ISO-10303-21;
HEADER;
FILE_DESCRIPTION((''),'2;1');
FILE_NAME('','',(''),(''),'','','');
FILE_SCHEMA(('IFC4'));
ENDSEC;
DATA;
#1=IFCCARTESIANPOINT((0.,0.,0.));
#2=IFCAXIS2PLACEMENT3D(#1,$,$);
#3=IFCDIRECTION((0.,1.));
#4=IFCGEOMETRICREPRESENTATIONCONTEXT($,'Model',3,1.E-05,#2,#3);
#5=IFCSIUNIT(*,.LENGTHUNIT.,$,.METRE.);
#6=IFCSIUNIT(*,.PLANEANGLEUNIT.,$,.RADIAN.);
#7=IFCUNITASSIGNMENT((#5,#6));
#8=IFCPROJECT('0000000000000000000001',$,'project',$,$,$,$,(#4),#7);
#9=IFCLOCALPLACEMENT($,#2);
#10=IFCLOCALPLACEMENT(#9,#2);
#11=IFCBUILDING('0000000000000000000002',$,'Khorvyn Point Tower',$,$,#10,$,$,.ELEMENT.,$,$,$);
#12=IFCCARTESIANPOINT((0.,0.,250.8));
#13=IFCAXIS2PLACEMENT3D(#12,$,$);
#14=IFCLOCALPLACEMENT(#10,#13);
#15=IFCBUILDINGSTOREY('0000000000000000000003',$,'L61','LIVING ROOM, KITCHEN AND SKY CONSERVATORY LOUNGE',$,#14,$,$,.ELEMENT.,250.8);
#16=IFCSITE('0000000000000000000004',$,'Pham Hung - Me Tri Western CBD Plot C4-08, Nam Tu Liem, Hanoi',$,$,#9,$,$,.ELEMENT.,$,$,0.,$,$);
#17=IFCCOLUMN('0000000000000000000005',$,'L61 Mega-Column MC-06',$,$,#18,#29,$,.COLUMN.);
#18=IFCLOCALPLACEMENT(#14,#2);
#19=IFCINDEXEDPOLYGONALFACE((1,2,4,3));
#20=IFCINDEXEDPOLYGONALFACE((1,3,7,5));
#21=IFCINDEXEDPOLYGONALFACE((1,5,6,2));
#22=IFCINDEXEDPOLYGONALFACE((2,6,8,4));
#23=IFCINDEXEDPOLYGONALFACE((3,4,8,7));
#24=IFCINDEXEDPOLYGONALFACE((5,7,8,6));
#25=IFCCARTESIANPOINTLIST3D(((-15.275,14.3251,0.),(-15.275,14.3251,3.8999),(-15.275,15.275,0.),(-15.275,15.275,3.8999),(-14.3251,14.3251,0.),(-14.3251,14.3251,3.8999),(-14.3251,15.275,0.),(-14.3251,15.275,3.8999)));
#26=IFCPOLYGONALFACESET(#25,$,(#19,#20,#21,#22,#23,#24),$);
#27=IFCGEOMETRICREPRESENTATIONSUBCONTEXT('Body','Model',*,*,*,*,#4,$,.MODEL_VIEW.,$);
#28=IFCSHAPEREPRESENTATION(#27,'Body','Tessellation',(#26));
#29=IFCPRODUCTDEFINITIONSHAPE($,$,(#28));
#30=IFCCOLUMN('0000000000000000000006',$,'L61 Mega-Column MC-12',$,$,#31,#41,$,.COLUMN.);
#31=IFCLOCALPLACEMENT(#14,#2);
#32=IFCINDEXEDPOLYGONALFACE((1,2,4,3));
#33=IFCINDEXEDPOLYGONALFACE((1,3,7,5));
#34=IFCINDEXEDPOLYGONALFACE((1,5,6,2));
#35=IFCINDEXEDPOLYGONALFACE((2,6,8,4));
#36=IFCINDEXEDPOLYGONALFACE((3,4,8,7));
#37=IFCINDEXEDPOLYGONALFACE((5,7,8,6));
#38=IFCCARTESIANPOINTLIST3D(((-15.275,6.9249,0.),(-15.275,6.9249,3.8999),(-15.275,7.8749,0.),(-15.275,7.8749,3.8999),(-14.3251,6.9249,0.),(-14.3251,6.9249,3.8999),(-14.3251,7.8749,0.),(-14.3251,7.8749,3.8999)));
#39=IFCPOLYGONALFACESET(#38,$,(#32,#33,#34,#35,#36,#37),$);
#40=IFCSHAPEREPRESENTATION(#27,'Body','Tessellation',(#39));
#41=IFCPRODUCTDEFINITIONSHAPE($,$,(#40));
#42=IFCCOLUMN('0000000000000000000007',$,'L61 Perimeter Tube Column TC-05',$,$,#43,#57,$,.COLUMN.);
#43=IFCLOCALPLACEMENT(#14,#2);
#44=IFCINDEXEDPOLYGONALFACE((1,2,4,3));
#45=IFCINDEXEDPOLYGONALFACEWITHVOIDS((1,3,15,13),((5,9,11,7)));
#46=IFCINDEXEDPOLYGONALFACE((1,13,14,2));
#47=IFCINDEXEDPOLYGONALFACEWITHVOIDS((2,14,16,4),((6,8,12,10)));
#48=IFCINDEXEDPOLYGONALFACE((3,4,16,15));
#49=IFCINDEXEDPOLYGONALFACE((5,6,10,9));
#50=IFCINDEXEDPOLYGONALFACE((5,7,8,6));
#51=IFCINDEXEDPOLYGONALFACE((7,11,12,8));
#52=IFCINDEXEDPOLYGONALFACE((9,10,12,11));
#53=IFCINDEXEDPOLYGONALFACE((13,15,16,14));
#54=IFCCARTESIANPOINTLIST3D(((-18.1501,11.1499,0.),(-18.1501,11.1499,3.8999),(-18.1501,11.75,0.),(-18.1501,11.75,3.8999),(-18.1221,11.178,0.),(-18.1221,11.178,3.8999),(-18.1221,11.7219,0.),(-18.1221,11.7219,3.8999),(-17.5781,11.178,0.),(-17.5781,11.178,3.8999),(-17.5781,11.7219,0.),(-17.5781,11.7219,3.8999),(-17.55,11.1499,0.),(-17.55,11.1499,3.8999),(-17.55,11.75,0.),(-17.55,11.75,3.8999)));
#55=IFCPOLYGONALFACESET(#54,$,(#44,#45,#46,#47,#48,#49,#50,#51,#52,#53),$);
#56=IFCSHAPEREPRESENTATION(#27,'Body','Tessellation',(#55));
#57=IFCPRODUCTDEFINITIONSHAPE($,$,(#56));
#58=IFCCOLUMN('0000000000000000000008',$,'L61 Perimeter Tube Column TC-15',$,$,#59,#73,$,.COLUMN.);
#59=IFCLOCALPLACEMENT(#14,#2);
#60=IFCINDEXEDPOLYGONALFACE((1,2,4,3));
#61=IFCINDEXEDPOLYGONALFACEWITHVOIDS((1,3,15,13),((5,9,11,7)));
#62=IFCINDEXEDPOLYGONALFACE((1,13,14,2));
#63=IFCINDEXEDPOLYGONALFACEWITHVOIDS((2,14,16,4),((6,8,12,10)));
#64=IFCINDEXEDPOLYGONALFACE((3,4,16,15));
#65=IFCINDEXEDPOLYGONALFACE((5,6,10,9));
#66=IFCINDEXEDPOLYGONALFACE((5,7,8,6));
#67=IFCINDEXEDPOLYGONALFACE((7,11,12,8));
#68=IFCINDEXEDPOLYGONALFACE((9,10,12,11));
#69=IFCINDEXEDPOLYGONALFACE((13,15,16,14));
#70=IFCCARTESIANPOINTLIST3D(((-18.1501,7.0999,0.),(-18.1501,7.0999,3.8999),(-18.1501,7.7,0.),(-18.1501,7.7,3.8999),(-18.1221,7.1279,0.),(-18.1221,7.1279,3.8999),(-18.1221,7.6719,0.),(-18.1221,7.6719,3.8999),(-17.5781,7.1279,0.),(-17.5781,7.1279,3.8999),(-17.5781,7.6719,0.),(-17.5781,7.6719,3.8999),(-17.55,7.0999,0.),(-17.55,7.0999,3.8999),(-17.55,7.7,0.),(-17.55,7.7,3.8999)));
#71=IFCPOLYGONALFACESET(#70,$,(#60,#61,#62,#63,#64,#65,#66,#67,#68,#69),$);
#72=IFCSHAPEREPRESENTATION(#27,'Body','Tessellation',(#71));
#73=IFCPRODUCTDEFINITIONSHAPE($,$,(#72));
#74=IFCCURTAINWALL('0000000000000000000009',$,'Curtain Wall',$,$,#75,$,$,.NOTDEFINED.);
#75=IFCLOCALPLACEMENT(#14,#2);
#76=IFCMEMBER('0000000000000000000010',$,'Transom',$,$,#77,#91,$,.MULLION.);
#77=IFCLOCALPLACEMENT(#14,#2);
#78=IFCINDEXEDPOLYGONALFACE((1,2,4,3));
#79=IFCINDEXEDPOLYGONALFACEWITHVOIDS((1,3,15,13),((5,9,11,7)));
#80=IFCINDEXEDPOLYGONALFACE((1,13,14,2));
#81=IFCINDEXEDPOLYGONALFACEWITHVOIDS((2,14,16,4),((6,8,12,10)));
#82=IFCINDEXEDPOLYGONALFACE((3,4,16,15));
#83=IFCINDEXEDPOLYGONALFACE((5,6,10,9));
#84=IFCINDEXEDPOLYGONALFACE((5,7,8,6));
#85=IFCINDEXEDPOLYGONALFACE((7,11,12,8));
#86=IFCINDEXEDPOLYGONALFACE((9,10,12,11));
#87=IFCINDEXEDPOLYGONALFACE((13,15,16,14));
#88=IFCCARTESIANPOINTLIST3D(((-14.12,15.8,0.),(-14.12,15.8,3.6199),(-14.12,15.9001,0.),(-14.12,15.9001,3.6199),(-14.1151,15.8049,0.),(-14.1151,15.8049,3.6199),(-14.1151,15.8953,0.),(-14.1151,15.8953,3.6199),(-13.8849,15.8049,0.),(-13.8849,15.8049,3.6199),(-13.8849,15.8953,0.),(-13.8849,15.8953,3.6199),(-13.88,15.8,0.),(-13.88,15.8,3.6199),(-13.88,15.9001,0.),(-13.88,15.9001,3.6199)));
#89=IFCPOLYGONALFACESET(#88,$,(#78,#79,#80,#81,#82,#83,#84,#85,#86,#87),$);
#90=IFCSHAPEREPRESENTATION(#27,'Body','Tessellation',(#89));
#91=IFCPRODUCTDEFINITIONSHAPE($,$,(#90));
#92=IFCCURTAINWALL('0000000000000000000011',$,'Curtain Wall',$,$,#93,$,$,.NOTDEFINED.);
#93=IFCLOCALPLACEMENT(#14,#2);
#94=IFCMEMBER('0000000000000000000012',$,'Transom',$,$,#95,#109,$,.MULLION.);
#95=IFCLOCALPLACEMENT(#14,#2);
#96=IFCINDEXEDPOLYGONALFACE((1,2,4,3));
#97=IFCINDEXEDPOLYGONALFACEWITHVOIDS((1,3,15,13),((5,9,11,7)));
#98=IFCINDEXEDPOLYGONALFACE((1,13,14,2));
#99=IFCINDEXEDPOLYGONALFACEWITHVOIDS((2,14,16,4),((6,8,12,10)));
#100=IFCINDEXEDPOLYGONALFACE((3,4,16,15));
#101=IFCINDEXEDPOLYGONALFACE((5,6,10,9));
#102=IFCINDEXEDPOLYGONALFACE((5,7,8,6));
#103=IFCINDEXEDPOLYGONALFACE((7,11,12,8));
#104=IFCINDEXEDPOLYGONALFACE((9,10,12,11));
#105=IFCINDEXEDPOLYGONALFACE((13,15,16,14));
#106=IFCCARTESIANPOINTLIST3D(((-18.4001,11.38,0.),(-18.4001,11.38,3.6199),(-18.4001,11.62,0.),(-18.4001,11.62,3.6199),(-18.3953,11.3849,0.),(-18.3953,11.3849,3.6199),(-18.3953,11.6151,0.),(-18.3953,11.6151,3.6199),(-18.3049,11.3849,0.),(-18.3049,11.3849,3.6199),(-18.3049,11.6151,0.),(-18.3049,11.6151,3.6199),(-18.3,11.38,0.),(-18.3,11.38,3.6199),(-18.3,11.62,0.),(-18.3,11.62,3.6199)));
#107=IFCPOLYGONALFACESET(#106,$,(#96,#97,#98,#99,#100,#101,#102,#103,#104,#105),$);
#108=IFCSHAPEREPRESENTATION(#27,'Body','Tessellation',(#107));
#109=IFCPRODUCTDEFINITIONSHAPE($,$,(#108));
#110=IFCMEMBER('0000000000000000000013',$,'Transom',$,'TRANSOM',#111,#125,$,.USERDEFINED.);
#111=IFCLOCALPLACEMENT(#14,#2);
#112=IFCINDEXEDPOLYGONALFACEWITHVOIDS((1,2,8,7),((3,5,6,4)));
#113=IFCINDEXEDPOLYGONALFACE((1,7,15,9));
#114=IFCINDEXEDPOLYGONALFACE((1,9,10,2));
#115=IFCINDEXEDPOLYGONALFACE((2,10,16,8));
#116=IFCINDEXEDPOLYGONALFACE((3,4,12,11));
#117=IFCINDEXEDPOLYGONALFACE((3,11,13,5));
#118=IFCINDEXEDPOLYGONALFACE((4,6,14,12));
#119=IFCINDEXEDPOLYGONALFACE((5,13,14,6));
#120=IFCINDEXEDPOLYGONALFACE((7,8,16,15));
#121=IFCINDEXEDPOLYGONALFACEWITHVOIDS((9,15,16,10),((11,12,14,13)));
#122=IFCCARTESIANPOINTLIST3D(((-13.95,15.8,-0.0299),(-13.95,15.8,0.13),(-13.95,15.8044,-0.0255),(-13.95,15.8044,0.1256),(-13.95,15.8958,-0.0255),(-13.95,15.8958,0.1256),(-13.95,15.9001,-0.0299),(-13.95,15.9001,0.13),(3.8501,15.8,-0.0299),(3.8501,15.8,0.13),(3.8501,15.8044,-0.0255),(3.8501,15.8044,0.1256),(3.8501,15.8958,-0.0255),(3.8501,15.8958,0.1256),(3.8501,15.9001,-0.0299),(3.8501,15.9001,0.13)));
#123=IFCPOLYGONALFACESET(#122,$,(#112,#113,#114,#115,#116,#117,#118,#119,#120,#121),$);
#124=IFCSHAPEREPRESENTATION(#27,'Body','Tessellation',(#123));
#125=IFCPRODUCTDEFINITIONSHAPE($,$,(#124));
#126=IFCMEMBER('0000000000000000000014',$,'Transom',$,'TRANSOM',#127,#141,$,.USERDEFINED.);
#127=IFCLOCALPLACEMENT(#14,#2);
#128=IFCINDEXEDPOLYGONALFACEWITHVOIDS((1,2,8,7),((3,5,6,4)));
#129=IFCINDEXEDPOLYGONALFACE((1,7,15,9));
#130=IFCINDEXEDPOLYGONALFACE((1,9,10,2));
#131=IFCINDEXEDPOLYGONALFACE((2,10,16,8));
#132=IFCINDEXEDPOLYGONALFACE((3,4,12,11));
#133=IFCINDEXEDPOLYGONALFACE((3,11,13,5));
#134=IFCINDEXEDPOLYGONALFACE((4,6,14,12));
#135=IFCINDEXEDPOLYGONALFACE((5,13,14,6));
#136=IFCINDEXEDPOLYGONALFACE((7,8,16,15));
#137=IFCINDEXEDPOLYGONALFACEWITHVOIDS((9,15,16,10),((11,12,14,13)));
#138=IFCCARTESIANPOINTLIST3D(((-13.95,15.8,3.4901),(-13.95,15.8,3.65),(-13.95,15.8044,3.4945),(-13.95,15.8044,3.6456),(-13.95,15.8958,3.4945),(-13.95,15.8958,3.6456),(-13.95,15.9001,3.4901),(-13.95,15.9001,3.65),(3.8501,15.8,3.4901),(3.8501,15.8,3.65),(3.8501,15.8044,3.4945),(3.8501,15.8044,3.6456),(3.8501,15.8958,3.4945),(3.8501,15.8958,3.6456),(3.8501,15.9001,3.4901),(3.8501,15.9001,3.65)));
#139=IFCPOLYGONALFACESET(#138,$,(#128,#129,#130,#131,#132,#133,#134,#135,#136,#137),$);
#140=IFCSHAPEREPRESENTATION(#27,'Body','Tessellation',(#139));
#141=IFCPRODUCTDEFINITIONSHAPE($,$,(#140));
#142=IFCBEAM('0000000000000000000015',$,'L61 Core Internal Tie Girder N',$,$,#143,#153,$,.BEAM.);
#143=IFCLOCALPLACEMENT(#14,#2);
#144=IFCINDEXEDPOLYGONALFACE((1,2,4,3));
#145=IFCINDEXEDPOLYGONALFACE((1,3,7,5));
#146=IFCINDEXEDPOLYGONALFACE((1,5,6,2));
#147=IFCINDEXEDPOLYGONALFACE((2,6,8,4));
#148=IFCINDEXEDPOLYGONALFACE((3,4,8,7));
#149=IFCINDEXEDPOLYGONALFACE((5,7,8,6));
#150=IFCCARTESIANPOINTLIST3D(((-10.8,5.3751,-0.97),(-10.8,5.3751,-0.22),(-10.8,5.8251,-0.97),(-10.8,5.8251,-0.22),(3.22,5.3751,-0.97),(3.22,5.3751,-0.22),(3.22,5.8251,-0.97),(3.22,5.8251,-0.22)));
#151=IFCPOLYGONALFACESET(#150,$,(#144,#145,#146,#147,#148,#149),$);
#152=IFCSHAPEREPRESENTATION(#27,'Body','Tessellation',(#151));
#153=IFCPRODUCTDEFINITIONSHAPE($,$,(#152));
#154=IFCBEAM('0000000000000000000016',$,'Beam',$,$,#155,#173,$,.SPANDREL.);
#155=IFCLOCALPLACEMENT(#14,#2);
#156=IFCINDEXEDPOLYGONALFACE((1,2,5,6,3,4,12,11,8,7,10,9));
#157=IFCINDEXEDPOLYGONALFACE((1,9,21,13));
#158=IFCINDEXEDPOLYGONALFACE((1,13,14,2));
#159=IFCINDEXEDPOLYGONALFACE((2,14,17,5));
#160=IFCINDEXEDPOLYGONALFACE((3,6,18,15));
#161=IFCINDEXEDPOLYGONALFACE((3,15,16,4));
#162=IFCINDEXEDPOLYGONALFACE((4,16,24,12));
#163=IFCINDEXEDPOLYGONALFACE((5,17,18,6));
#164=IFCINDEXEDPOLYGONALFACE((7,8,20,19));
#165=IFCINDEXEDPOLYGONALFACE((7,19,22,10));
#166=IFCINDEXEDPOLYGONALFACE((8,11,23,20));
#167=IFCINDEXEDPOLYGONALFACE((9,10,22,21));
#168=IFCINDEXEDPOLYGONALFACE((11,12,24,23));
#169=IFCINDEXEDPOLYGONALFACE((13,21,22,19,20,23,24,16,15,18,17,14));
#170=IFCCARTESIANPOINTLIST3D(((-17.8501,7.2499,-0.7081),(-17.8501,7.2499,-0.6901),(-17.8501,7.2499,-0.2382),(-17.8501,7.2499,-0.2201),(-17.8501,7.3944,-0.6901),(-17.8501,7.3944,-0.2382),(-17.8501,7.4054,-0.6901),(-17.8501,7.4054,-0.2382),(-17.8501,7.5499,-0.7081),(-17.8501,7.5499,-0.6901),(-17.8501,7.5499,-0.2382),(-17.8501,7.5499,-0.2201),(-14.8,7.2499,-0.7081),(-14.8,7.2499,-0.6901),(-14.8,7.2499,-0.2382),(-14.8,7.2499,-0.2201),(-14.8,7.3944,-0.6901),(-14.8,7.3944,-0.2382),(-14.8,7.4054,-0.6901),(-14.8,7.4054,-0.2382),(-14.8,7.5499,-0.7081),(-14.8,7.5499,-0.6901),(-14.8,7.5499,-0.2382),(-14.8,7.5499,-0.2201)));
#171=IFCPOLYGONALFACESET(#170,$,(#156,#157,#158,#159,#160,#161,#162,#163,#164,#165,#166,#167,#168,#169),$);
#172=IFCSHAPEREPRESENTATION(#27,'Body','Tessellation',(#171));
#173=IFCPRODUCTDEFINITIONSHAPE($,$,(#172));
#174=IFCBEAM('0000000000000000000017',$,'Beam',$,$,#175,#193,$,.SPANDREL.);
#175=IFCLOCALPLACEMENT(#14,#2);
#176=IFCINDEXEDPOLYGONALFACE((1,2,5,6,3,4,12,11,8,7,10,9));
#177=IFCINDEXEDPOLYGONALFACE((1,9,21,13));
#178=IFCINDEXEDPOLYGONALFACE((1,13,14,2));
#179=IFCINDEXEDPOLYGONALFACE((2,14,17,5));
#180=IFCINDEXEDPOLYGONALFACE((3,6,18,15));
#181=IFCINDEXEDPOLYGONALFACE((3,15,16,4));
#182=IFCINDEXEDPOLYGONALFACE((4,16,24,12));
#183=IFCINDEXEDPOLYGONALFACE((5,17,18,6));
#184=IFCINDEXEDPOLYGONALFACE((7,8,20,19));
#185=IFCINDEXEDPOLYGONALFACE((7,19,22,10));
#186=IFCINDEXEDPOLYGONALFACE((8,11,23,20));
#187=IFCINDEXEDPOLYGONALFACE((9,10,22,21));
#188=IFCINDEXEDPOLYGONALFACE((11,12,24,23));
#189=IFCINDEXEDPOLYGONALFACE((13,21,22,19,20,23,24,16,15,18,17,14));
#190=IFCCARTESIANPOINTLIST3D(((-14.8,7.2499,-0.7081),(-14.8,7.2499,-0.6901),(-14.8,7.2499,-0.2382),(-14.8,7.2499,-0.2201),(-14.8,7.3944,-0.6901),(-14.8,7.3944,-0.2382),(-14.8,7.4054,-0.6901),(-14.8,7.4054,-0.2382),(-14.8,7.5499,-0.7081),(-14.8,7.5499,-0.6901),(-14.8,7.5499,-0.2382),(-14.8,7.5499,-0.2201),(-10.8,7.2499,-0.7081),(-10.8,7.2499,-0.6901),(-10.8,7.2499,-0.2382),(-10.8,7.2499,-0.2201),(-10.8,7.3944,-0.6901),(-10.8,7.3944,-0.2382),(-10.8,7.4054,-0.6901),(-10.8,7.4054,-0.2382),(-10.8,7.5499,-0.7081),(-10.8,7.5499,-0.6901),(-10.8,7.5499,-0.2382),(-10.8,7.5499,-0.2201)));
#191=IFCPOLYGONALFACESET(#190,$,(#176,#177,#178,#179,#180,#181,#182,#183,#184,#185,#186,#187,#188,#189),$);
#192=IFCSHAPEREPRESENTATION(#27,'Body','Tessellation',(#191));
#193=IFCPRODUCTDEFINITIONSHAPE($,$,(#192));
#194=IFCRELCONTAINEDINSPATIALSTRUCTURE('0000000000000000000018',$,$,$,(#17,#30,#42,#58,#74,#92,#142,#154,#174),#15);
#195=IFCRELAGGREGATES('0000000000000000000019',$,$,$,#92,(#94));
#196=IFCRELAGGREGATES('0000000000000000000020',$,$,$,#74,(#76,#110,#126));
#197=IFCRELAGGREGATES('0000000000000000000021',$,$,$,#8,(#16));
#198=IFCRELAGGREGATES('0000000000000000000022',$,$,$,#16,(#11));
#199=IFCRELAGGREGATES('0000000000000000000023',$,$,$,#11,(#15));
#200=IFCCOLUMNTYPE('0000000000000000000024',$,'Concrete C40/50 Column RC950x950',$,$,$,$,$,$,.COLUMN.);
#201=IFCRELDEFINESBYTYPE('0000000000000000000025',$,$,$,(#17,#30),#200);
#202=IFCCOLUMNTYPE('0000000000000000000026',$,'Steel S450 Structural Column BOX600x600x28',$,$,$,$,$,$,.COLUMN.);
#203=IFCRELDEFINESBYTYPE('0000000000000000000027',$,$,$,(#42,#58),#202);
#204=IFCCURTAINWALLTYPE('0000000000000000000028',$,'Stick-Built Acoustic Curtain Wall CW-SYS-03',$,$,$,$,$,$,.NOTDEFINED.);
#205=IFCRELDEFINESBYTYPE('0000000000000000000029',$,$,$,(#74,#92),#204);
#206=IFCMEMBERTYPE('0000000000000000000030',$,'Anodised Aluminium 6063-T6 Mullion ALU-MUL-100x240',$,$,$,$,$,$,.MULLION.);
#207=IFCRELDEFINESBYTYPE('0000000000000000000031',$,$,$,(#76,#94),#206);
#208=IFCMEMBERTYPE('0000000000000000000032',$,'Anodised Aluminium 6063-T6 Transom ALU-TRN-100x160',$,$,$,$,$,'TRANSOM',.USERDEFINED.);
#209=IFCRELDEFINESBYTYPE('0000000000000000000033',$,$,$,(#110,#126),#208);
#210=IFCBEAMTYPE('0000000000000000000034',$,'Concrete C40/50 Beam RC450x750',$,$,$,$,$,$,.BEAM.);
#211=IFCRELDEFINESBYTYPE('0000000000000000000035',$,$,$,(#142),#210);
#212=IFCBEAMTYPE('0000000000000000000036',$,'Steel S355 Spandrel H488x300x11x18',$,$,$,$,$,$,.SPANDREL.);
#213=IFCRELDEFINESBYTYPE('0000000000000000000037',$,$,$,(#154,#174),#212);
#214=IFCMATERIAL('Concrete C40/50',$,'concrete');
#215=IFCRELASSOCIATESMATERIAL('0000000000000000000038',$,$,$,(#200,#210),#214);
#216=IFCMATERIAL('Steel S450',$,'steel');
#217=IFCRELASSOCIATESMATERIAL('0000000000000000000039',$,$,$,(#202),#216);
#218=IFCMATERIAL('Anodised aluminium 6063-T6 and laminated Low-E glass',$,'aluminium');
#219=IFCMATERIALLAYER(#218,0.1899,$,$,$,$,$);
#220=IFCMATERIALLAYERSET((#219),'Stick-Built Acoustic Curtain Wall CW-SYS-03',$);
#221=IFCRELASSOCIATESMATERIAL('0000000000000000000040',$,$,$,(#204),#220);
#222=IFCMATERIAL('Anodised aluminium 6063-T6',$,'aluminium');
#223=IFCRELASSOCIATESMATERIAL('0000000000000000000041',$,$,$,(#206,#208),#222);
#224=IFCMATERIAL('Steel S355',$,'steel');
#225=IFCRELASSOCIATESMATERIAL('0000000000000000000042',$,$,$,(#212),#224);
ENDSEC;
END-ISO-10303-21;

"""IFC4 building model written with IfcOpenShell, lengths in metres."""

from ifc_helpers import new_model, si_unit, direction, frame, origin, origin_2d, place, context, subcontext, project, spatial, rectangle, hollow_rectangle, i_section, extrude, material, layer, layer_set, material_profile, profile_set, type_object, element, aggregate, save


model = new_model("IFC4")

# Units and contexts
model_context = context("Model", 3, precision=1e-05, world=origin(), true_north=direction((0.0, 1.0)))
body_context = subcontext(model_context, "Body", "Model", "MODEL_VIEW")
ifc_project = project(units=[si_unit("LENGTHUNIT", "METRE"), si_unit("PLANEANGLEUNIT", "RADIAN")], contexts=[model_context])

# Site, building, storey
site_placement = place(None, origin())
site = spatial("IfcSite", under=ifc_project, at=site_placement, Name="Pham Hung - Me Tri Western CBD Plot C4-08, Nam Tu Liem, Hanoi", CompositionType="ELEMENT", RefElevation=0.0)
building_placement = place(site_placement, origin())
building = spatial("IfcBuilding", under=site, at=building_placement, Name="Khorvyn Point Tower", CompositionType="ELEMENT")
storey_placement = place(building_placement, frame((0.0, 0.0, 250.8)))
storey = spatial("IfcBuildingStorey", under=building, at=storey_placement, Name="L61", Description="LIVING ROOM, KITCHEN AND SKY CONSERVATORY LOUNGE", CompositionType="ELEMENT", Elevation=250.8)

# Columns
ifc_material_1 = material(Name="Concrete C40/50", Category="concrete")
ifc_material_profile_1 = material_profile(ifc_material_1, rectangle(XDim=0.95, YDim=0.95, at=origin_2d()))
ifc_profile_set_1 = profile_set([ifc_material_profile_1], Name="Concrete C40/50 RC950x950")
column_type_1 = type_object("IfcColumnType", Name="Concrete C40/50 Column RC950x950", PredefinedType="COLUMN", material=ifc_profile_set_1)
for number, where, z_axis, x_axis, name in (
    (1, (-14.8, 14.8, 0.0), (0.0, 0.0, 1.0), (1.0, 0.0, 0.0), "L61 Mega-Column MC-06"),
    (2, (-14.8, 7.3999, 0.0), (0.0, 0.0, 1.0), (1.0, 0.0, 0.0), "L61 Mega-Column MC-12"),
):
    element("IfcColumn", number, at=place(storey_placement, frame(where, z_axis=z_axis, x_axis=x_axis)), inside=storey, type_object=column_type_1, Name=name, PredefinedType="COLUMN", context=body_context, shape_type="SweptSolid", body=[
        extrude(rectangle(XDim=0.95, YDim=0.95, at=origin_2d()), origin(), (0.0, 0.0, 1.0), 3.8999),
    ])
ifc_material_2 = material(Name="Steel S450", Category="steel")
ifc_material_profile_2 = material_profile(ifc_material_2, hollow_rectangle(XDim=0.6001, YDim=0.6001, WallThickness=0.0281, at=origin_2d()))
ifc_profile_set_2 = profile_set([ifc_material_profile_2], Name="Steel S450 BOX600x600x28")
column_type_2 = type_object("IfcColumnType", Name="Steel S450 Structural Column BOX600x600x28", PredefinedType="COLUMN", material=ifc_profile_set_2)
for number, where, z_axis, x_axis, name in (
    (3, (-17.8501, 11.45, 0.0), (0.0, 0.0, 1.0), (1.0, 0.0, 0.0), "L61 Perimeter Tube Column TC-05"),
    (4, (-17.8501, 7.3999, 0.0), (0.0, 0.0, 1.0), (1.0, 0.0, 0.0), "L61 Perimeter Tube Column TC-15"),
):
    element("IfcColumn", number, at=place(storey_placement, frame(where, z_axis=z_axis, x_axis=x_axis)), inside=storey, type_object=column_type_2, Name=name, PredefinedType="COLUMN", context=body_context, shape_type="SweptSolid", body=[
        extrude(hollow_rectangle(XDim=0.6001, YDim=0.6001, WallThickness=0.0281, at=origin_2d()), origin(), (0.0, 0.0, 1.0), 3.8999),
    ])

# Curtain walls, members
ifc_material_3 = material(Name="Anodised aluminium 6063-T6 and laminated Low-E glass", Category="aluminium")
ifc_layer_1 = layer(ifc_material_3, 0.1899)
ifc_layer_set_1 = layer_set([ifc_layer_1], Name="Stick-Built Acoustic Curtain Wall CW-SYS-03")
curtain_wall_type = type_object("IfcCurtainWallType", Name="Stick-Built Acoustic Curtain Wall CW-SYS-03", PredefinedType="NOTDEFINED", material=ifc_layer_set_1)
curtain_wall_1_placement = place(storey_placement, origin())
curtain_wall_1 = element("IfcCurtainWall", 5, at=curtain_wall_1_placement, inside=storey, type_object=curtain_wall_type, Name="Curtain Wall", PredefinedType="NOTDEFINED")
ifc_material_4 = material(Name="Anodised aluminium 6063-T6", Category="aluminium")
ifc_material_profile_3 = material_profile(ifc_material_4, hollow_rectangle(XDim=0.1001, YDim=0.24, WallThickness=0.0049, at=origin_2d()))
ifc_profile_set_3 = profile_set([ifc_material_profile_3], Name="Anodised aluminium 6063-T6 ALU-MUL-100x240")
member_type_1 = type_object("IfcMemberType", Name="Anodised Aluminium 6063-T6 Mullion ALU-MUL-100x240", PredefinedType="MULLION", material=ifc_profile_set_3)
member_1_placement = place(storey_placement, frame((-14.0, 15.8501, 0.0), z_axis=(0.0, 0.0, 1.0), x_axis=(0.0, 1.0, 0.0)))
member_1 = element("IfcMember", 6, at=member_1_placement, type_object=member_type_1, Name="Transom", PredefinedType="MULLION", context=body_context, shape_type="SweptSolid", body=[
    extrude(hollow_rectangle(XDim=0.1001, YDim=0.24, WallThickness=0.0049, at=origin_2d()), origin(), (0.0, 0.0, 1.0), 3.6199),
])
curtain_wall_2_placement = place(storey_placement, origin())
curtain_wall_2 = element("IfcCurtainWall", 7, at=curtain_wall_2_placement, inside=storey, type_object=curtain_wall_type, Name="Curtain Wall", PredefinedType="NOTDEFINED")
member_2_placement = place(storey_placement, frame((-18.3501, 11.5, 0.0), z_axis=(0.0, 0.0, 1.0), x_axis=(-1.0, 0.0, 0.0)))
member_2 = element("IfcMember", 8, at=member_2_placement, type_object=member_type_1, Name="Transom", PredefinedType="MULLION", context=body_context, shape_type="SweptSolid", body=[
    extrude(hollow_rectangle(XDim=0.1001, YDim=0.24, WallThickness=0.0049, at=origin_2d()), origin(), (0.0, 0.0, 1.0), 3.6199),
])
aggregate(curtain_wall_2, [member_2])

# Members
ifc_material_profile_4 = material_profile(ifc_material_4, hollow_rectangle(XDim=0.1001, YDim=0.1599, WallThickness=0.0044, at=origin_2d()))
ifc_profile_set_4 = profile_set([ifc_material_profile_4], Name="Anodised aluminium 6063-T6 ALU-TRN-100x160")
member_type_2 = type_object("IfcMemberType", Name="Anodised Aluminium 6063-T6 Transom ALU-TRN-100x160", ElementType="TRANSOM", PredefinedType="USERDEFINED", material=ifc_profile_set_4)
member_3_placement = place(storey_placement, frame((-13.95, 15.8501, 0.05), z_axis=(1.0, 0.0, 0.0), x_axis=(0.0, 1.0, 0.0)))
member_3 = element("IfcMember", 9, at=member_3_placement, type_object=member_type_2, Name="Transom", ObjectType="TRANSOM", PredefinedType="USERDEFINED", context=body_context, shape_type="SweptSolid", body=[
    extrude(hollow_rectangle(XDim=0.1001, YDim=0.1599, WallThickness=0.0044, at=origin_2d()), origin(), (0.0, 0.0, 1.0), 17.8),
])
member_4_placement = place(storey_placement, frame((-13.95, 15.8501, 3.5701), z_axis=(1.0, 0.0, 0.0), x_axis=(0.0, 1.0, 0.0)))
member_4 = element("IfcMember", 10, at=member_4_placement, type_object=member_type_2, Name="Transom", ObjectType="TRANSOM", PredefinedType="USERDEFINED", context=body_context, shape_type="SweptSolid", body=[
    extrude(hollow_rectangle(XDim=0.1001, YDim=0.1599, WallThickness=0.0044, at=origin_2d()), origin(), (0.0, 0.0, 1.0), 17.8),
])
aggregate(curtain_wall_1, [member_1, member_3, member_4])

# Beams
ifc_material_profile_5 = material_profile(ifc_material_1, rectangle(XDim=0.45, YDim=0.75, at=origin_2d()))
ifc_profile_set_5 = profile_set([ifc_material_profile_5], Name="Concrete C40/50 RC450x750")
beam_type_1 = type_object("IfcBeamType", Name="Concrete C40/50 Beam RC450x750", PredefinedType="BEAM", material=ifc_profile_set_5)
beam_1_placement = place(storey_placement, frame((-10.8, 5.6001, -0.595), z_axis=(1.0, 0.0, 0.0), x_axis=(0.0, 1.0, 0.0)))
element("IfcBeam", 11, at=beam_1_placement, inside=storey, type_object=beam_type_1, Name="L61 Core Internal Tie Girder N", PredefinedType="BEAM", context=body_context, shape_type="SweptSolid", body=[
    extrude(rectangle(XDim=0.45, YDim=0.75, at=origin_2d()), origin(), (0.0, 0.0, 1.0), 14.02),
])
ifc_material_5 = material(Name="Steel S355", Category="steel")
ifc_material_profile_6 = material_profile(ifc_material_5, i_section(OverallWidth=0.3, OverallDepth=0.488, WebThickness=0.011, FlangeThickness=0.0181, at=origin_2d()))
ifc_profile_set_6 = profile_set([ifc_material_profile_6], Name="Steel S355 H488x300x11x18")
beam_type_2 = type_object("IfcBeamType", Name="Steel S355 Spandrel H488x300x11x18", PredefinedType="SPANDREL", material=ifc_profile_set_6)
beam_2_placement = place(storey_placement, frame((-17.8501, 7.3999, -0.4641), z_axis=(1.0, 0.0, 0.0), x_axis=(0.0, 1.0, 0.0)))
element("IfcBeam", 12, at=beam_2_placement, inside=storey, type_object=beam_type_2, Name="Beam", PredefinedType="SPANDREL", context=body_context, shape_type="SweptSolid", body=[
    extrude(i_section(OverallWidth=0.3, OverallDepth=0.488, WebThickness=0.011, FlangeThickness=0.0181, at=origin_2d()), origin(), (0.0, 0.0, 1.0), 3.05),
])
beam_3_placement = place(storey_placement, frame((-14.8, 7.3999, -0.4641), z_axis=(1.0, 0.0, 0.0), x_axis=(0.0, 1.0, 0.0)))
element("IfcBeam", 13, at=beam_3_placement, inside=storey, type_object=beam_type_2, Name="Beam", PredefinedType="SPANDREL", context=body_context, shape_type="SweptSolid", body=[
    extrude(i_section(OverallWidth=0.3, OverallDepth=0.488, WebThickness=0.011, FlangeThickness=0.0181, at=origin_2d()), origin(), (0.0, 0.0, 1.0), 4.0),
])

save(model, "model.ifc")
